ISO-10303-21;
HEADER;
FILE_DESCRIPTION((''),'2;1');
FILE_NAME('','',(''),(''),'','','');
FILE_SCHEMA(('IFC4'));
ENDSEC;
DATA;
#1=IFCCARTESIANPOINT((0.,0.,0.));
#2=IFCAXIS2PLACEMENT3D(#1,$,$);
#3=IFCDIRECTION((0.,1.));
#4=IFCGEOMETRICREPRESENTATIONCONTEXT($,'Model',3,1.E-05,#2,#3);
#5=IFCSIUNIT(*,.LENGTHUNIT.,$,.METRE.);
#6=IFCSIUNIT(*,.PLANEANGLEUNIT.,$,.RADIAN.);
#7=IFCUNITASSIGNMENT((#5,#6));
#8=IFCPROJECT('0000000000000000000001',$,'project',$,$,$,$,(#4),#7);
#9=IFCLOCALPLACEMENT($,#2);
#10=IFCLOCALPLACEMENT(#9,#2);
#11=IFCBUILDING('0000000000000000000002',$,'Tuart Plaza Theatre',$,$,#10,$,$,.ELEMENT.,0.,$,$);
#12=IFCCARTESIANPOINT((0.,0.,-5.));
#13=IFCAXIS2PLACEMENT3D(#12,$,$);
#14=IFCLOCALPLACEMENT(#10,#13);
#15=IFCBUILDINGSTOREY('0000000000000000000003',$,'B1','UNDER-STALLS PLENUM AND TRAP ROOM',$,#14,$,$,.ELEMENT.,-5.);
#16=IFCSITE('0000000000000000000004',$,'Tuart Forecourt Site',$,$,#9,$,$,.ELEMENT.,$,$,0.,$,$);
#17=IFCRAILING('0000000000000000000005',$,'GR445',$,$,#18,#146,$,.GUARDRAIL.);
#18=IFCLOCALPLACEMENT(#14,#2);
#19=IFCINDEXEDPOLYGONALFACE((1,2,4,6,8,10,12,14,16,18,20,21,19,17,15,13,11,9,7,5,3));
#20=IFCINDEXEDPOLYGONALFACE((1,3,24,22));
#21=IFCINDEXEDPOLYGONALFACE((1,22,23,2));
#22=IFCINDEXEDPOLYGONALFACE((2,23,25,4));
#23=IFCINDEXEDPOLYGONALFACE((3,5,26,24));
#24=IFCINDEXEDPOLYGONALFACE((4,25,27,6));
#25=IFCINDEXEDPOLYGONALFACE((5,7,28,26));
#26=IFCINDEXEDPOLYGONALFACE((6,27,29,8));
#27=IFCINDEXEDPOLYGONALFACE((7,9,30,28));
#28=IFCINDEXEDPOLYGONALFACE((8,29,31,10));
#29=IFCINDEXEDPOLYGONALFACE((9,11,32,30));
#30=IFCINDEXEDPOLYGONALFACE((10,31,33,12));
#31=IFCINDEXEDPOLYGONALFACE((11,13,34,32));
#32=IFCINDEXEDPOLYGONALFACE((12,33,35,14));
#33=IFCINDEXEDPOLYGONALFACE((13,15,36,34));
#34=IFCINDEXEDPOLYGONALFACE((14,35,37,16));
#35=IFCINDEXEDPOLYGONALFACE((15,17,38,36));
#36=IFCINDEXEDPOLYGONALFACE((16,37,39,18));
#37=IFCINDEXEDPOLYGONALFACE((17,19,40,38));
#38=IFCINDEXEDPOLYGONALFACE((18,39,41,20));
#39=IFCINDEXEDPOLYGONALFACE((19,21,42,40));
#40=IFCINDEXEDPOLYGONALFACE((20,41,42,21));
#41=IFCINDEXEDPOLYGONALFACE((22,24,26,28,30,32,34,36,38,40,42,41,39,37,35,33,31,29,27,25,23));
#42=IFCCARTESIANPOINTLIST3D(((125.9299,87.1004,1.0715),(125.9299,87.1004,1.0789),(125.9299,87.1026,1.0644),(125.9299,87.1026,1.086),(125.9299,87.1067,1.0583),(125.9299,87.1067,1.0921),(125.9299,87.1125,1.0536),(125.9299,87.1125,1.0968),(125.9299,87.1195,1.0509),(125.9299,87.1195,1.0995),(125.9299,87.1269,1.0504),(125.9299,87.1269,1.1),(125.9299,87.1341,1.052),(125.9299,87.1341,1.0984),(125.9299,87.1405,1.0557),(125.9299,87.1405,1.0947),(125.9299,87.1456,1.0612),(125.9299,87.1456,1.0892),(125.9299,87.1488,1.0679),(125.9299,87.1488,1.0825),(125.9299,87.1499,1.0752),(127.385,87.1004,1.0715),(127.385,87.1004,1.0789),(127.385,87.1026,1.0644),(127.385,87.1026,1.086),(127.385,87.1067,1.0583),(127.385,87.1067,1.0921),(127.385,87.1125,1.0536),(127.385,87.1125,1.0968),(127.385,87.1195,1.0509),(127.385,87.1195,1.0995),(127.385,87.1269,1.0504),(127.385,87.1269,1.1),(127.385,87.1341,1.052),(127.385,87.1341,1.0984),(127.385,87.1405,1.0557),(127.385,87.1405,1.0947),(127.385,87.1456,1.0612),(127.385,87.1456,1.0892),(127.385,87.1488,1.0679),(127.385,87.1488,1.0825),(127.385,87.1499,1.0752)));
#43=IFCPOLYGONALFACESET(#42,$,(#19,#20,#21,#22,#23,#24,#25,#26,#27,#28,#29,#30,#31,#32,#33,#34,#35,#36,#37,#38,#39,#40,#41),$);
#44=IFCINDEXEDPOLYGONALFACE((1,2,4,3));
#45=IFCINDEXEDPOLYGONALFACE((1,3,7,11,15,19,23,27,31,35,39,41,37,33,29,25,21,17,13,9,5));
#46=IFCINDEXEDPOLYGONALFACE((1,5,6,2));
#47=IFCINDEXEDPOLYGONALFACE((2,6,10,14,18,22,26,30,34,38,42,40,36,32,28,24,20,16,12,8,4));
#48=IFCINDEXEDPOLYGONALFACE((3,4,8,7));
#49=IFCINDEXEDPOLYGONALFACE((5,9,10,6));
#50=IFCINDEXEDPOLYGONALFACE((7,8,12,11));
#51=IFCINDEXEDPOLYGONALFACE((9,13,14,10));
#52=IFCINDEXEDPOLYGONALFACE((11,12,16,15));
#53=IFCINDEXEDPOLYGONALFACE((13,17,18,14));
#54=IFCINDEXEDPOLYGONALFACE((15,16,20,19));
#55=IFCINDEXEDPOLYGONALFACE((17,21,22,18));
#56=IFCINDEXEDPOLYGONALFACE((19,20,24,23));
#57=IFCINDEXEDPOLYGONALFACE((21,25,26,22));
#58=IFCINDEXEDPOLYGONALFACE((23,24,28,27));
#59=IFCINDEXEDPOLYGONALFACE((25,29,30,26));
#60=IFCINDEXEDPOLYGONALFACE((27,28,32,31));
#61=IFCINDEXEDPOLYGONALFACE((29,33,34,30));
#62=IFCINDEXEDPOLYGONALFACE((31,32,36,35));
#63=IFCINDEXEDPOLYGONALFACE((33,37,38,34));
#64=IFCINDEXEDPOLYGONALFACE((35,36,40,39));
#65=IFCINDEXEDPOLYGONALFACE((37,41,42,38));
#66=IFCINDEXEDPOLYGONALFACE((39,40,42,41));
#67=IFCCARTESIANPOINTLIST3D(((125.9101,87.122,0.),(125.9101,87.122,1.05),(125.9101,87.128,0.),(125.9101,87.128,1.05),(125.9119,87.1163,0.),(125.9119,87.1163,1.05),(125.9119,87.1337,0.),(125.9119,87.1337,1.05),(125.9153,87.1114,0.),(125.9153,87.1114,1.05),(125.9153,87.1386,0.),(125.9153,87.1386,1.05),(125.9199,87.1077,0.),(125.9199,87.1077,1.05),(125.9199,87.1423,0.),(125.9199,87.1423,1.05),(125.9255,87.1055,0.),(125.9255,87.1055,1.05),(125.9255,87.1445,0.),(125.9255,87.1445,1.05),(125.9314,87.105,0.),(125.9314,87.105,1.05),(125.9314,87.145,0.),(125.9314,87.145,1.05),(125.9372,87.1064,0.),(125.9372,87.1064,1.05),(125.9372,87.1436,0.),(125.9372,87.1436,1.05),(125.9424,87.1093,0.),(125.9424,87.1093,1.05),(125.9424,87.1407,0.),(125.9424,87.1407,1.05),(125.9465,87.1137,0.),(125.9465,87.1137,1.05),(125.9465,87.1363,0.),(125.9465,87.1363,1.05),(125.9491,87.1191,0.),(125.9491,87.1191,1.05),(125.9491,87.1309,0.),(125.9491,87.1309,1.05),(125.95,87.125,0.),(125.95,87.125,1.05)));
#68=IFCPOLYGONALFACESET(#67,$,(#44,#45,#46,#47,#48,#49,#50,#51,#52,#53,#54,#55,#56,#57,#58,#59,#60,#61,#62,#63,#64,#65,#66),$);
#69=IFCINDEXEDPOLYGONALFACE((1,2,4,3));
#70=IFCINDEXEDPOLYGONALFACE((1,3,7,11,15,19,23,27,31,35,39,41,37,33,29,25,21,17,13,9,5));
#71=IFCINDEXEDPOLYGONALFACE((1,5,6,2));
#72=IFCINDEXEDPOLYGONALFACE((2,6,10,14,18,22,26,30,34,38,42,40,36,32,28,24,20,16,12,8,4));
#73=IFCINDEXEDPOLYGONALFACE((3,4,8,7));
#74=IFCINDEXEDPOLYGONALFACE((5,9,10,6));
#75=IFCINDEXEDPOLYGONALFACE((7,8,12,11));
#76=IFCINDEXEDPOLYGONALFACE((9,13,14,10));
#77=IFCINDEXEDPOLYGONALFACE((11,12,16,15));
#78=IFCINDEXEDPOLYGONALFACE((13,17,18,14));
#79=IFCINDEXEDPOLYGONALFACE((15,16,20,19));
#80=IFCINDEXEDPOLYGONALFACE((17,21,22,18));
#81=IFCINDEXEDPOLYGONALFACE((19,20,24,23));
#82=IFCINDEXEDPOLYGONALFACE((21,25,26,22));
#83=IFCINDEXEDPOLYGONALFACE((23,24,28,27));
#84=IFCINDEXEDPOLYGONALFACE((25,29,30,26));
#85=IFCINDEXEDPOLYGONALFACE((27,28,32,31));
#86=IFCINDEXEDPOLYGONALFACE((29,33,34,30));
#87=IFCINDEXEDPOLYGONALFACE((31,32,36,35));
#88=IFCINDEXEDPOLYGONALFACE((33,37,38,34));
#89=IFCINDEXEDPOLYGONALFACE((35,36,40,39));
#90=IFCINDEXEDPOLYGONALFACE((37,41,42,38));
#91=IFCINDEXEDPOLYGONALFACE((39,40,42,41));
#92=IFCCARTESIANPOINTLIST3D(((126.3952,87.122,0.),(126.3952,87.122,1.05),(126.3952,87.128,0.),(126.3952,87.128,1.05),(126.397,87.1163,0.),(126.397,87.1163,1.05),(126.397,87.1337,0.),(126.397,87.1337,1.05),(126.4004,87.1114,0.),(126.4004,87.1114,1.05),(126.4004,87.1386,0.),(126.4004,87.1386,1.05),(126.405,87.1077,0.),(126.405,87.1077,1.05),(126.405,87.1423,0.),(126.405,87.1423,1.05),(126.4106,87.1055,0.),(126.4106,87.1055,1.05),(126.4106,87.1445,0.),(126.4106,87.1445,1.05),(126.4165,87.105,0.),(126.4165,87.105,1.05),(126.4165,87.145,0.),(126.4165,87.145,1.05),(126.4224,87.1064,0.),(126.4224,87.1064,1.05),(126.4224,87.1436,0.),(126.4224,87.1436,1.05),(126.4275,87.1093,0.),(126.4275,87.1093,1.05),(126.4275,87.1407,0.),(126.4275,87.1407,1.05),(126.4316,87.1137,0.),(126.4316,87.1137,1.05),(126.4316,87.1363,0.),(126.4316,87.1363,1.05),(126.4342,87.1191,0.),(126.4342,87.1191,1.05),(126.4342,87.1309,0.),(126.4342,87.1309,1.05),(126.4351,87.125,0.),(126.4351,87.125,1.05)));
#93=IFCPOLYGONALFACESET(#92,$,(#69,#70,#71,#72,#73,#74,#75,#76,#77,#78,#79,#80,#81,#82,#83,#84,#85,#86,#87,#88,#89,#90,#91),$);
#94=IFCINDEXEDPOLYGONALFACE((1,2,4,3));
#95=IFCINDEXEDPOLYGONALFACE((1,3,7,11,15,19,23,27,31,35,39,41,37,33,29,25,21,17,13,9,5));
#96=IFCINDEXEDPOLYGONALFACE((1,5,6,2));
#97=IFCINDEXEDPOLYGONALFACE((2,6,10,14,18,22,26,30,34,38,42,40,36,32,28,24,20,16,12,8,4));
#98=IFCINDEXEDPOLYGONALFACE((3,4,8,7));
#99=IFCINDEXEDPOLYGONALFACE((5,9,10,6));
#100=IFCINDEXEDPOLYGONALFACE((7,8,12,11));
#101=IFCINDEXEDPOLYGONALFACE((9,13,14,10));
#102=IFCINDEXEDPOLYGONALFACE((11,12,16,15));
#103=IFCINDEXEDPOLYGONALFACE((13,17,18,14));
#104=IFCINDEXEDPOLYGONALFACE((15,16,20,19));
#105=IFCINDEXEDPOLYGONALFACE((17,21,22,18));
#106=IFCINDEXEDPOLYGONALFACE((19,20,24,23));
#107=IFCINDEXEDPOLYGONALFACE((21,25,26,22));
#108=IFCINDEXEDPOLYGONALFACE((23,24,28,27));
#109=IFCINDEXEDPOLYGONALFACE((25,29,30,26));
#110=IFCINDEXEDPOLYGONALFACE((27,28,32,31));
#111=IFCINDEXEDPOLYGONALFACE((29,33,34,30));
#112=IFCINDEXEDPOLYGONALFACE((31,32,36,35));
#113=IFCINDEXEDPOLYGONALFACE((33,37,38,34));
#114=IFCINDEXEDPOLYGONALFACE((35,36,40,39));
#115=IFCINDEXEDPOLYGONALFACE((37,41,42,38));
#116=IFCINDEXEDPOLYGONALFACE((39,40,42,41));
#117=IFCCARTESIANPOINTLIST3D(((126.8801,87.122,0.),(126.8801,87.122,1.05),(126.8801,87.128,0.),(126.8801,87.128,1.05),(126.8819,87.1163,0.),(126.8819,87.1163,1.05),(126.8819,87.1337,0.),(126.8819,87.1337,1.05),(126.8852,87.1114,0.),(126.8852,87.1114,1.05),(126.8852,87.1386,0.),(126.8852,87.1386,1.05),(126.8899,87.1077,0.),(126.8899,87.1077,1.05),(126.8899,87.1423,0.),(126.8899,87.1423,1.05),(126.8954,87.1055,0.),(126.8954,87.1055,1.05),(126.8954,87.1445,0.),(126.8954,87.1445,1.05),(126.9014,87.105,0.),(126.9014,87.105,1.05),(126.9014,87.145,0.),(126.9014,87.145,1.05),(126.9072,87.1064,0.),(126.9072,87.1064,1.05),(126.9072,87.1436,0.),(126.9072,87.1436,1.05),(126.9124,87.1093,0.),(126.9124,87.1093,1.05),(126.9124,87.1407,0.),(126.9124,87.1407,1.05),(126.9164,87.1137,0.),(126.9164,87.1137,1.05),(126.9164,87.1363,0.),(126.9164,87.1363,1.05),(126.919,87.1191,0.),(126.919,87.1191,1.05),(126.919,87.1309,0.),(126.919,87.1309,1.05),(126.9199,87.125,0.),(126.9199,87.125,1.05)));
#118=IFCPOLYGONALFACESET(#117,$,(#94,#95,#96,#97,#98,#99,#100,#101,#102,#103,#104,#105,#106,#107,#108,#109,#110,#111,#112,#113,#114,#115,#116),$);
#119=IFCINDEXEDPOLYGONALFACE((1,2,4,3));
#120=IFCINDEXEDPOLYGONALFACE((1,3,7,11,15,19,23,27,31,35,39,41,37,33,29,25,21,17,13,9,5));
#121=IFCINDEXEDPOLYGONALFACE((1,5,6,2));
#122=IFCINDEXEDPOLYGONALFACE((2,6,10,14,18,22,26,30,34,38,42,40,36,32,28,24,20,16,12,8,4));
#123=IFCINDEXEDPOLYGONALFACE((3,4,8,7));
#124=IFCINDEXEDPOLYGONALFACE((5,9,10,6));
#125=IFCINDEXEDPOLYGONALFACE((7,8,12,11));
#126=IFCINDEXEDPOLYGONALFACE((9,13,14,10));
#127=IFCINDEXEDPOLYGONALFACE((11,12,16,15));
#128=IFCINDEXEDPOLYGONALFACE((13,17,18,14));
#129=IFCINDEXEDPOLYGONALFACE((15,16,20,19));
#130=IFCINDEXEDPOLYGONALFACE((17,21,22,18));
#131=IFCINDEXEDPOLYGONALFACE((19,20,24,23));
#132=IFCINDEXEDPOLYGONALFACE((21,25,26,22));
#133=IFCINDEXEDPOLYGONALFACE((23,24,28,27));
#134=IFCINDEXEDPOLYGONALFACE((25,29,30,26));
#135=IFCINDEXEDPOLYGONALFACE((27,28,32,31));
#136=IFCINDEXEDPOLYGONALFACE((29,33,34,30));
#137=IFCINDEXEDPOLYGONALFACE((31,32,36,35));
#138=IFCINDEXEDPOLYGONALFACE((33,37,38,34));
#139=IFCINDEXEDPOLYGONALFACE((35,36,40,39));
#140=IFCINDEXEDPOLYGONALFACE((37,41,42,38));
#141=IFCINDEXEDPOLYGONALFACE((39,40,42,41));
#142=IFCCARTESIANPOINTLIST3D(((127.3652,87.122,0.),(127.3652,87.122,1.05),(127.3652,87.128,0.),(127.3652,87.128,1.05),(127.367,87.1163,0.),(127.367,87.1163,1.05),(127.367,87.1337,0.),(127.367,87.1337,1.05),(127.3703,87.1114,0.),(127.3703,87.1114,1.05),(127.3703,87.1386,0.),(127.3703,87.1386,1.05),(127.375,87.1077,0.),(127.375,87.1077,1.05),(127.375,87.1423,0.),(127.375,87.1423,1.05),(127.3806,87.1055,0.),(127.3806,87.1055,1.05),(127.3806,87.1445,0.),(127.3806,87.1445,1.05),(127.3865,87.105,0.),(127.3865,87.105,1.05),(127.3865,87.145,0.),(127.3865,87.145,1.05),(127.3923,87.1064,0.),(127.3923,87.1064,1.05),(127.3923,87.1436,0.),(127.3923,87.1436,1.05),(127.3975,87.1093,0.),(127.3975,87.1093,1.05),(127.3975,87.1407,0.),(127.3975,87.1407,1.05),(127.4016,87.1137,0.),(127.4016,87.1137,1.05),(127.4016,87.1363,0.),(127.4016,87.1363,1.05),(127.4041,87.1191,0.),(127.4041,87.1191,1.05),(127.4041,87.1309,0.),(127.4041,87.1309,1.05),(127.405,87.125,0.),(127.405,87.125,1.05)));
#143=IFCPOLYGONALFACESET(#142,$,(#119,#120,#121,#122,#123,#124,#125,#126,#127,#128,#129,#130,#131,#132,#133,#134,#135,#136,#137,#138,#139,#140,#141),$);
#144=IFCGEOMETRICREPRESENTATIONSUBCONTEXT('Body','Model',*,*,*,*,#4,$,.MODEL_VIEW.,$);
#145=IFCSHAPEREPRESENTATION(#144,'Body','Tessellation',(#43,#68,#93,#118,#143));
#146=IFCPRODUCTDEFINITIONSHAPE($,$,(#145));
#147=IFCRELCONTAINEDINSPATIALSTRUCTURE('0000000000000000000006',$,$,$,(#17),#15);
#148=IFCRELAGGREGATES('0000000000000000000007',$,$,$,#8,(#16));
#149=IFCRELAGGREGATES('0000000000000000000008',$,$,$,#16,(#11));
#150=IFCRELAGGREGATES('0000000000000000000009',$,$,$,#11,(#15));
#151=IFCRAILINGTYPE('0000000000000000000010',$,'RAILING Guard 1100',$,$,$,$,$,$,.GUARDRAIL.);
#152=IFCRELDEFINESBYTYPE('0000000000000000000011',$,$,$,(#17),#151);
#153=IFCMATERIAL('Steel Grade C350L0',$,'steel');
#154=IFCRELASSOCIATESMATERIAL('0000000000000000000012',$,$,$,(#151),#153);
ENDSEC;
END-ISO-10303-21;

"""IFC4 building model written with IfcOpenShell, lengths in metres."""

from ifc_helpers import new_model, si_unit, direction, frame, origin, origin_2d, place, context, subcontext, project, spatial, circle, extrude, material, type_object, element, save


model = new_model("IFC4")

# Units and contexts
model_context = context("Model", 3, precision=1e-05, world=origin(), true_north=direction((0.0, 1.0)))
body_context = subcontext(model_context, "Body", "Model", "MODEL_VIEW")
ifc_project = project(units=[si_unit("LENGTHUNIT", "METRE"), si_unit("PLANEANGLEUNIT", "RADIAN")], contexts=[model_context])

# Site, building, storey
site_placement = place(None, origin())
site = spatial("IfcSite", under=ifc_project, at=site_placement, Name="Tuart Forecourt Site", CompositionType="ELEMENT", RefElevation=0.0)
building_placement = place(site_placement, origin())
building = spatial("IfcBuilding", under=site, at=building_placement, Name="Tuart Plaza Theatre", CompositionType="ELEMENT", ElevationOfRefHeight=0.0)
storey_placement = place(building_placement, frame((0.0, 0.0, -5.0)))
storey = spatial("IfcBuildingStorey", under=building, at=storey_placement, Name="B1", Description="UNDER-STALLS PLENUM AND TRAP ROOM", CompositionType="ELEMENT", Elevation=-5.0)

# Railing
ifc_material_1 = material(Name="Steel Grade C350L0", Category="steel")
railing_type_1 = type_object("IfcRailingType", Name="RAILING Guard 1100", PredefinedType="GUARDRAIL", material=ifc_material_1)
railing_1_placement = place(storey_placement, frame((125.9299, 87.125, 0.0)))
element("IfcRailing", 1, at=railing_1_placement, inside=storey, type_object=railing_type_1, Name="GR445", PredefinedType="GUARDRAIL", context=body_context, shape_type="SweptSolid", body=[
    extrude(circle(Radius=0.0249, at=origin_2d()), frame((0.0, 0.0, 1.0752), z_axis=(1.0, 0.0, 0.0), x_axis=(0.0, 1.0, 0.0)), (0.0, 0.0, 1.0), 1.4551),
    extrude(circle(Radius=0.02, at=origin_2d()), origin(), (0.0, 0.0, 1.0), 1.05),
    extrude(circle(Radius=0.02, at=origin_2d()), frame((0.4851, 0.0, 0.0)), (0.0, 0.0, 1.0), 1.05),
    extrude(circle(Radius=0.02, at=origin_2d()), frame((0.97, 0.0, 0.0)), (0.0, 0.0, 1.0), 1.05),
    extrude(circle(Radius=0.02, at=origin_2d()), frame((1.4551, 0.0, 0.0)), (0.0, 0.0, 1.0), 1.05),
])

save(model, "model.ifc")
